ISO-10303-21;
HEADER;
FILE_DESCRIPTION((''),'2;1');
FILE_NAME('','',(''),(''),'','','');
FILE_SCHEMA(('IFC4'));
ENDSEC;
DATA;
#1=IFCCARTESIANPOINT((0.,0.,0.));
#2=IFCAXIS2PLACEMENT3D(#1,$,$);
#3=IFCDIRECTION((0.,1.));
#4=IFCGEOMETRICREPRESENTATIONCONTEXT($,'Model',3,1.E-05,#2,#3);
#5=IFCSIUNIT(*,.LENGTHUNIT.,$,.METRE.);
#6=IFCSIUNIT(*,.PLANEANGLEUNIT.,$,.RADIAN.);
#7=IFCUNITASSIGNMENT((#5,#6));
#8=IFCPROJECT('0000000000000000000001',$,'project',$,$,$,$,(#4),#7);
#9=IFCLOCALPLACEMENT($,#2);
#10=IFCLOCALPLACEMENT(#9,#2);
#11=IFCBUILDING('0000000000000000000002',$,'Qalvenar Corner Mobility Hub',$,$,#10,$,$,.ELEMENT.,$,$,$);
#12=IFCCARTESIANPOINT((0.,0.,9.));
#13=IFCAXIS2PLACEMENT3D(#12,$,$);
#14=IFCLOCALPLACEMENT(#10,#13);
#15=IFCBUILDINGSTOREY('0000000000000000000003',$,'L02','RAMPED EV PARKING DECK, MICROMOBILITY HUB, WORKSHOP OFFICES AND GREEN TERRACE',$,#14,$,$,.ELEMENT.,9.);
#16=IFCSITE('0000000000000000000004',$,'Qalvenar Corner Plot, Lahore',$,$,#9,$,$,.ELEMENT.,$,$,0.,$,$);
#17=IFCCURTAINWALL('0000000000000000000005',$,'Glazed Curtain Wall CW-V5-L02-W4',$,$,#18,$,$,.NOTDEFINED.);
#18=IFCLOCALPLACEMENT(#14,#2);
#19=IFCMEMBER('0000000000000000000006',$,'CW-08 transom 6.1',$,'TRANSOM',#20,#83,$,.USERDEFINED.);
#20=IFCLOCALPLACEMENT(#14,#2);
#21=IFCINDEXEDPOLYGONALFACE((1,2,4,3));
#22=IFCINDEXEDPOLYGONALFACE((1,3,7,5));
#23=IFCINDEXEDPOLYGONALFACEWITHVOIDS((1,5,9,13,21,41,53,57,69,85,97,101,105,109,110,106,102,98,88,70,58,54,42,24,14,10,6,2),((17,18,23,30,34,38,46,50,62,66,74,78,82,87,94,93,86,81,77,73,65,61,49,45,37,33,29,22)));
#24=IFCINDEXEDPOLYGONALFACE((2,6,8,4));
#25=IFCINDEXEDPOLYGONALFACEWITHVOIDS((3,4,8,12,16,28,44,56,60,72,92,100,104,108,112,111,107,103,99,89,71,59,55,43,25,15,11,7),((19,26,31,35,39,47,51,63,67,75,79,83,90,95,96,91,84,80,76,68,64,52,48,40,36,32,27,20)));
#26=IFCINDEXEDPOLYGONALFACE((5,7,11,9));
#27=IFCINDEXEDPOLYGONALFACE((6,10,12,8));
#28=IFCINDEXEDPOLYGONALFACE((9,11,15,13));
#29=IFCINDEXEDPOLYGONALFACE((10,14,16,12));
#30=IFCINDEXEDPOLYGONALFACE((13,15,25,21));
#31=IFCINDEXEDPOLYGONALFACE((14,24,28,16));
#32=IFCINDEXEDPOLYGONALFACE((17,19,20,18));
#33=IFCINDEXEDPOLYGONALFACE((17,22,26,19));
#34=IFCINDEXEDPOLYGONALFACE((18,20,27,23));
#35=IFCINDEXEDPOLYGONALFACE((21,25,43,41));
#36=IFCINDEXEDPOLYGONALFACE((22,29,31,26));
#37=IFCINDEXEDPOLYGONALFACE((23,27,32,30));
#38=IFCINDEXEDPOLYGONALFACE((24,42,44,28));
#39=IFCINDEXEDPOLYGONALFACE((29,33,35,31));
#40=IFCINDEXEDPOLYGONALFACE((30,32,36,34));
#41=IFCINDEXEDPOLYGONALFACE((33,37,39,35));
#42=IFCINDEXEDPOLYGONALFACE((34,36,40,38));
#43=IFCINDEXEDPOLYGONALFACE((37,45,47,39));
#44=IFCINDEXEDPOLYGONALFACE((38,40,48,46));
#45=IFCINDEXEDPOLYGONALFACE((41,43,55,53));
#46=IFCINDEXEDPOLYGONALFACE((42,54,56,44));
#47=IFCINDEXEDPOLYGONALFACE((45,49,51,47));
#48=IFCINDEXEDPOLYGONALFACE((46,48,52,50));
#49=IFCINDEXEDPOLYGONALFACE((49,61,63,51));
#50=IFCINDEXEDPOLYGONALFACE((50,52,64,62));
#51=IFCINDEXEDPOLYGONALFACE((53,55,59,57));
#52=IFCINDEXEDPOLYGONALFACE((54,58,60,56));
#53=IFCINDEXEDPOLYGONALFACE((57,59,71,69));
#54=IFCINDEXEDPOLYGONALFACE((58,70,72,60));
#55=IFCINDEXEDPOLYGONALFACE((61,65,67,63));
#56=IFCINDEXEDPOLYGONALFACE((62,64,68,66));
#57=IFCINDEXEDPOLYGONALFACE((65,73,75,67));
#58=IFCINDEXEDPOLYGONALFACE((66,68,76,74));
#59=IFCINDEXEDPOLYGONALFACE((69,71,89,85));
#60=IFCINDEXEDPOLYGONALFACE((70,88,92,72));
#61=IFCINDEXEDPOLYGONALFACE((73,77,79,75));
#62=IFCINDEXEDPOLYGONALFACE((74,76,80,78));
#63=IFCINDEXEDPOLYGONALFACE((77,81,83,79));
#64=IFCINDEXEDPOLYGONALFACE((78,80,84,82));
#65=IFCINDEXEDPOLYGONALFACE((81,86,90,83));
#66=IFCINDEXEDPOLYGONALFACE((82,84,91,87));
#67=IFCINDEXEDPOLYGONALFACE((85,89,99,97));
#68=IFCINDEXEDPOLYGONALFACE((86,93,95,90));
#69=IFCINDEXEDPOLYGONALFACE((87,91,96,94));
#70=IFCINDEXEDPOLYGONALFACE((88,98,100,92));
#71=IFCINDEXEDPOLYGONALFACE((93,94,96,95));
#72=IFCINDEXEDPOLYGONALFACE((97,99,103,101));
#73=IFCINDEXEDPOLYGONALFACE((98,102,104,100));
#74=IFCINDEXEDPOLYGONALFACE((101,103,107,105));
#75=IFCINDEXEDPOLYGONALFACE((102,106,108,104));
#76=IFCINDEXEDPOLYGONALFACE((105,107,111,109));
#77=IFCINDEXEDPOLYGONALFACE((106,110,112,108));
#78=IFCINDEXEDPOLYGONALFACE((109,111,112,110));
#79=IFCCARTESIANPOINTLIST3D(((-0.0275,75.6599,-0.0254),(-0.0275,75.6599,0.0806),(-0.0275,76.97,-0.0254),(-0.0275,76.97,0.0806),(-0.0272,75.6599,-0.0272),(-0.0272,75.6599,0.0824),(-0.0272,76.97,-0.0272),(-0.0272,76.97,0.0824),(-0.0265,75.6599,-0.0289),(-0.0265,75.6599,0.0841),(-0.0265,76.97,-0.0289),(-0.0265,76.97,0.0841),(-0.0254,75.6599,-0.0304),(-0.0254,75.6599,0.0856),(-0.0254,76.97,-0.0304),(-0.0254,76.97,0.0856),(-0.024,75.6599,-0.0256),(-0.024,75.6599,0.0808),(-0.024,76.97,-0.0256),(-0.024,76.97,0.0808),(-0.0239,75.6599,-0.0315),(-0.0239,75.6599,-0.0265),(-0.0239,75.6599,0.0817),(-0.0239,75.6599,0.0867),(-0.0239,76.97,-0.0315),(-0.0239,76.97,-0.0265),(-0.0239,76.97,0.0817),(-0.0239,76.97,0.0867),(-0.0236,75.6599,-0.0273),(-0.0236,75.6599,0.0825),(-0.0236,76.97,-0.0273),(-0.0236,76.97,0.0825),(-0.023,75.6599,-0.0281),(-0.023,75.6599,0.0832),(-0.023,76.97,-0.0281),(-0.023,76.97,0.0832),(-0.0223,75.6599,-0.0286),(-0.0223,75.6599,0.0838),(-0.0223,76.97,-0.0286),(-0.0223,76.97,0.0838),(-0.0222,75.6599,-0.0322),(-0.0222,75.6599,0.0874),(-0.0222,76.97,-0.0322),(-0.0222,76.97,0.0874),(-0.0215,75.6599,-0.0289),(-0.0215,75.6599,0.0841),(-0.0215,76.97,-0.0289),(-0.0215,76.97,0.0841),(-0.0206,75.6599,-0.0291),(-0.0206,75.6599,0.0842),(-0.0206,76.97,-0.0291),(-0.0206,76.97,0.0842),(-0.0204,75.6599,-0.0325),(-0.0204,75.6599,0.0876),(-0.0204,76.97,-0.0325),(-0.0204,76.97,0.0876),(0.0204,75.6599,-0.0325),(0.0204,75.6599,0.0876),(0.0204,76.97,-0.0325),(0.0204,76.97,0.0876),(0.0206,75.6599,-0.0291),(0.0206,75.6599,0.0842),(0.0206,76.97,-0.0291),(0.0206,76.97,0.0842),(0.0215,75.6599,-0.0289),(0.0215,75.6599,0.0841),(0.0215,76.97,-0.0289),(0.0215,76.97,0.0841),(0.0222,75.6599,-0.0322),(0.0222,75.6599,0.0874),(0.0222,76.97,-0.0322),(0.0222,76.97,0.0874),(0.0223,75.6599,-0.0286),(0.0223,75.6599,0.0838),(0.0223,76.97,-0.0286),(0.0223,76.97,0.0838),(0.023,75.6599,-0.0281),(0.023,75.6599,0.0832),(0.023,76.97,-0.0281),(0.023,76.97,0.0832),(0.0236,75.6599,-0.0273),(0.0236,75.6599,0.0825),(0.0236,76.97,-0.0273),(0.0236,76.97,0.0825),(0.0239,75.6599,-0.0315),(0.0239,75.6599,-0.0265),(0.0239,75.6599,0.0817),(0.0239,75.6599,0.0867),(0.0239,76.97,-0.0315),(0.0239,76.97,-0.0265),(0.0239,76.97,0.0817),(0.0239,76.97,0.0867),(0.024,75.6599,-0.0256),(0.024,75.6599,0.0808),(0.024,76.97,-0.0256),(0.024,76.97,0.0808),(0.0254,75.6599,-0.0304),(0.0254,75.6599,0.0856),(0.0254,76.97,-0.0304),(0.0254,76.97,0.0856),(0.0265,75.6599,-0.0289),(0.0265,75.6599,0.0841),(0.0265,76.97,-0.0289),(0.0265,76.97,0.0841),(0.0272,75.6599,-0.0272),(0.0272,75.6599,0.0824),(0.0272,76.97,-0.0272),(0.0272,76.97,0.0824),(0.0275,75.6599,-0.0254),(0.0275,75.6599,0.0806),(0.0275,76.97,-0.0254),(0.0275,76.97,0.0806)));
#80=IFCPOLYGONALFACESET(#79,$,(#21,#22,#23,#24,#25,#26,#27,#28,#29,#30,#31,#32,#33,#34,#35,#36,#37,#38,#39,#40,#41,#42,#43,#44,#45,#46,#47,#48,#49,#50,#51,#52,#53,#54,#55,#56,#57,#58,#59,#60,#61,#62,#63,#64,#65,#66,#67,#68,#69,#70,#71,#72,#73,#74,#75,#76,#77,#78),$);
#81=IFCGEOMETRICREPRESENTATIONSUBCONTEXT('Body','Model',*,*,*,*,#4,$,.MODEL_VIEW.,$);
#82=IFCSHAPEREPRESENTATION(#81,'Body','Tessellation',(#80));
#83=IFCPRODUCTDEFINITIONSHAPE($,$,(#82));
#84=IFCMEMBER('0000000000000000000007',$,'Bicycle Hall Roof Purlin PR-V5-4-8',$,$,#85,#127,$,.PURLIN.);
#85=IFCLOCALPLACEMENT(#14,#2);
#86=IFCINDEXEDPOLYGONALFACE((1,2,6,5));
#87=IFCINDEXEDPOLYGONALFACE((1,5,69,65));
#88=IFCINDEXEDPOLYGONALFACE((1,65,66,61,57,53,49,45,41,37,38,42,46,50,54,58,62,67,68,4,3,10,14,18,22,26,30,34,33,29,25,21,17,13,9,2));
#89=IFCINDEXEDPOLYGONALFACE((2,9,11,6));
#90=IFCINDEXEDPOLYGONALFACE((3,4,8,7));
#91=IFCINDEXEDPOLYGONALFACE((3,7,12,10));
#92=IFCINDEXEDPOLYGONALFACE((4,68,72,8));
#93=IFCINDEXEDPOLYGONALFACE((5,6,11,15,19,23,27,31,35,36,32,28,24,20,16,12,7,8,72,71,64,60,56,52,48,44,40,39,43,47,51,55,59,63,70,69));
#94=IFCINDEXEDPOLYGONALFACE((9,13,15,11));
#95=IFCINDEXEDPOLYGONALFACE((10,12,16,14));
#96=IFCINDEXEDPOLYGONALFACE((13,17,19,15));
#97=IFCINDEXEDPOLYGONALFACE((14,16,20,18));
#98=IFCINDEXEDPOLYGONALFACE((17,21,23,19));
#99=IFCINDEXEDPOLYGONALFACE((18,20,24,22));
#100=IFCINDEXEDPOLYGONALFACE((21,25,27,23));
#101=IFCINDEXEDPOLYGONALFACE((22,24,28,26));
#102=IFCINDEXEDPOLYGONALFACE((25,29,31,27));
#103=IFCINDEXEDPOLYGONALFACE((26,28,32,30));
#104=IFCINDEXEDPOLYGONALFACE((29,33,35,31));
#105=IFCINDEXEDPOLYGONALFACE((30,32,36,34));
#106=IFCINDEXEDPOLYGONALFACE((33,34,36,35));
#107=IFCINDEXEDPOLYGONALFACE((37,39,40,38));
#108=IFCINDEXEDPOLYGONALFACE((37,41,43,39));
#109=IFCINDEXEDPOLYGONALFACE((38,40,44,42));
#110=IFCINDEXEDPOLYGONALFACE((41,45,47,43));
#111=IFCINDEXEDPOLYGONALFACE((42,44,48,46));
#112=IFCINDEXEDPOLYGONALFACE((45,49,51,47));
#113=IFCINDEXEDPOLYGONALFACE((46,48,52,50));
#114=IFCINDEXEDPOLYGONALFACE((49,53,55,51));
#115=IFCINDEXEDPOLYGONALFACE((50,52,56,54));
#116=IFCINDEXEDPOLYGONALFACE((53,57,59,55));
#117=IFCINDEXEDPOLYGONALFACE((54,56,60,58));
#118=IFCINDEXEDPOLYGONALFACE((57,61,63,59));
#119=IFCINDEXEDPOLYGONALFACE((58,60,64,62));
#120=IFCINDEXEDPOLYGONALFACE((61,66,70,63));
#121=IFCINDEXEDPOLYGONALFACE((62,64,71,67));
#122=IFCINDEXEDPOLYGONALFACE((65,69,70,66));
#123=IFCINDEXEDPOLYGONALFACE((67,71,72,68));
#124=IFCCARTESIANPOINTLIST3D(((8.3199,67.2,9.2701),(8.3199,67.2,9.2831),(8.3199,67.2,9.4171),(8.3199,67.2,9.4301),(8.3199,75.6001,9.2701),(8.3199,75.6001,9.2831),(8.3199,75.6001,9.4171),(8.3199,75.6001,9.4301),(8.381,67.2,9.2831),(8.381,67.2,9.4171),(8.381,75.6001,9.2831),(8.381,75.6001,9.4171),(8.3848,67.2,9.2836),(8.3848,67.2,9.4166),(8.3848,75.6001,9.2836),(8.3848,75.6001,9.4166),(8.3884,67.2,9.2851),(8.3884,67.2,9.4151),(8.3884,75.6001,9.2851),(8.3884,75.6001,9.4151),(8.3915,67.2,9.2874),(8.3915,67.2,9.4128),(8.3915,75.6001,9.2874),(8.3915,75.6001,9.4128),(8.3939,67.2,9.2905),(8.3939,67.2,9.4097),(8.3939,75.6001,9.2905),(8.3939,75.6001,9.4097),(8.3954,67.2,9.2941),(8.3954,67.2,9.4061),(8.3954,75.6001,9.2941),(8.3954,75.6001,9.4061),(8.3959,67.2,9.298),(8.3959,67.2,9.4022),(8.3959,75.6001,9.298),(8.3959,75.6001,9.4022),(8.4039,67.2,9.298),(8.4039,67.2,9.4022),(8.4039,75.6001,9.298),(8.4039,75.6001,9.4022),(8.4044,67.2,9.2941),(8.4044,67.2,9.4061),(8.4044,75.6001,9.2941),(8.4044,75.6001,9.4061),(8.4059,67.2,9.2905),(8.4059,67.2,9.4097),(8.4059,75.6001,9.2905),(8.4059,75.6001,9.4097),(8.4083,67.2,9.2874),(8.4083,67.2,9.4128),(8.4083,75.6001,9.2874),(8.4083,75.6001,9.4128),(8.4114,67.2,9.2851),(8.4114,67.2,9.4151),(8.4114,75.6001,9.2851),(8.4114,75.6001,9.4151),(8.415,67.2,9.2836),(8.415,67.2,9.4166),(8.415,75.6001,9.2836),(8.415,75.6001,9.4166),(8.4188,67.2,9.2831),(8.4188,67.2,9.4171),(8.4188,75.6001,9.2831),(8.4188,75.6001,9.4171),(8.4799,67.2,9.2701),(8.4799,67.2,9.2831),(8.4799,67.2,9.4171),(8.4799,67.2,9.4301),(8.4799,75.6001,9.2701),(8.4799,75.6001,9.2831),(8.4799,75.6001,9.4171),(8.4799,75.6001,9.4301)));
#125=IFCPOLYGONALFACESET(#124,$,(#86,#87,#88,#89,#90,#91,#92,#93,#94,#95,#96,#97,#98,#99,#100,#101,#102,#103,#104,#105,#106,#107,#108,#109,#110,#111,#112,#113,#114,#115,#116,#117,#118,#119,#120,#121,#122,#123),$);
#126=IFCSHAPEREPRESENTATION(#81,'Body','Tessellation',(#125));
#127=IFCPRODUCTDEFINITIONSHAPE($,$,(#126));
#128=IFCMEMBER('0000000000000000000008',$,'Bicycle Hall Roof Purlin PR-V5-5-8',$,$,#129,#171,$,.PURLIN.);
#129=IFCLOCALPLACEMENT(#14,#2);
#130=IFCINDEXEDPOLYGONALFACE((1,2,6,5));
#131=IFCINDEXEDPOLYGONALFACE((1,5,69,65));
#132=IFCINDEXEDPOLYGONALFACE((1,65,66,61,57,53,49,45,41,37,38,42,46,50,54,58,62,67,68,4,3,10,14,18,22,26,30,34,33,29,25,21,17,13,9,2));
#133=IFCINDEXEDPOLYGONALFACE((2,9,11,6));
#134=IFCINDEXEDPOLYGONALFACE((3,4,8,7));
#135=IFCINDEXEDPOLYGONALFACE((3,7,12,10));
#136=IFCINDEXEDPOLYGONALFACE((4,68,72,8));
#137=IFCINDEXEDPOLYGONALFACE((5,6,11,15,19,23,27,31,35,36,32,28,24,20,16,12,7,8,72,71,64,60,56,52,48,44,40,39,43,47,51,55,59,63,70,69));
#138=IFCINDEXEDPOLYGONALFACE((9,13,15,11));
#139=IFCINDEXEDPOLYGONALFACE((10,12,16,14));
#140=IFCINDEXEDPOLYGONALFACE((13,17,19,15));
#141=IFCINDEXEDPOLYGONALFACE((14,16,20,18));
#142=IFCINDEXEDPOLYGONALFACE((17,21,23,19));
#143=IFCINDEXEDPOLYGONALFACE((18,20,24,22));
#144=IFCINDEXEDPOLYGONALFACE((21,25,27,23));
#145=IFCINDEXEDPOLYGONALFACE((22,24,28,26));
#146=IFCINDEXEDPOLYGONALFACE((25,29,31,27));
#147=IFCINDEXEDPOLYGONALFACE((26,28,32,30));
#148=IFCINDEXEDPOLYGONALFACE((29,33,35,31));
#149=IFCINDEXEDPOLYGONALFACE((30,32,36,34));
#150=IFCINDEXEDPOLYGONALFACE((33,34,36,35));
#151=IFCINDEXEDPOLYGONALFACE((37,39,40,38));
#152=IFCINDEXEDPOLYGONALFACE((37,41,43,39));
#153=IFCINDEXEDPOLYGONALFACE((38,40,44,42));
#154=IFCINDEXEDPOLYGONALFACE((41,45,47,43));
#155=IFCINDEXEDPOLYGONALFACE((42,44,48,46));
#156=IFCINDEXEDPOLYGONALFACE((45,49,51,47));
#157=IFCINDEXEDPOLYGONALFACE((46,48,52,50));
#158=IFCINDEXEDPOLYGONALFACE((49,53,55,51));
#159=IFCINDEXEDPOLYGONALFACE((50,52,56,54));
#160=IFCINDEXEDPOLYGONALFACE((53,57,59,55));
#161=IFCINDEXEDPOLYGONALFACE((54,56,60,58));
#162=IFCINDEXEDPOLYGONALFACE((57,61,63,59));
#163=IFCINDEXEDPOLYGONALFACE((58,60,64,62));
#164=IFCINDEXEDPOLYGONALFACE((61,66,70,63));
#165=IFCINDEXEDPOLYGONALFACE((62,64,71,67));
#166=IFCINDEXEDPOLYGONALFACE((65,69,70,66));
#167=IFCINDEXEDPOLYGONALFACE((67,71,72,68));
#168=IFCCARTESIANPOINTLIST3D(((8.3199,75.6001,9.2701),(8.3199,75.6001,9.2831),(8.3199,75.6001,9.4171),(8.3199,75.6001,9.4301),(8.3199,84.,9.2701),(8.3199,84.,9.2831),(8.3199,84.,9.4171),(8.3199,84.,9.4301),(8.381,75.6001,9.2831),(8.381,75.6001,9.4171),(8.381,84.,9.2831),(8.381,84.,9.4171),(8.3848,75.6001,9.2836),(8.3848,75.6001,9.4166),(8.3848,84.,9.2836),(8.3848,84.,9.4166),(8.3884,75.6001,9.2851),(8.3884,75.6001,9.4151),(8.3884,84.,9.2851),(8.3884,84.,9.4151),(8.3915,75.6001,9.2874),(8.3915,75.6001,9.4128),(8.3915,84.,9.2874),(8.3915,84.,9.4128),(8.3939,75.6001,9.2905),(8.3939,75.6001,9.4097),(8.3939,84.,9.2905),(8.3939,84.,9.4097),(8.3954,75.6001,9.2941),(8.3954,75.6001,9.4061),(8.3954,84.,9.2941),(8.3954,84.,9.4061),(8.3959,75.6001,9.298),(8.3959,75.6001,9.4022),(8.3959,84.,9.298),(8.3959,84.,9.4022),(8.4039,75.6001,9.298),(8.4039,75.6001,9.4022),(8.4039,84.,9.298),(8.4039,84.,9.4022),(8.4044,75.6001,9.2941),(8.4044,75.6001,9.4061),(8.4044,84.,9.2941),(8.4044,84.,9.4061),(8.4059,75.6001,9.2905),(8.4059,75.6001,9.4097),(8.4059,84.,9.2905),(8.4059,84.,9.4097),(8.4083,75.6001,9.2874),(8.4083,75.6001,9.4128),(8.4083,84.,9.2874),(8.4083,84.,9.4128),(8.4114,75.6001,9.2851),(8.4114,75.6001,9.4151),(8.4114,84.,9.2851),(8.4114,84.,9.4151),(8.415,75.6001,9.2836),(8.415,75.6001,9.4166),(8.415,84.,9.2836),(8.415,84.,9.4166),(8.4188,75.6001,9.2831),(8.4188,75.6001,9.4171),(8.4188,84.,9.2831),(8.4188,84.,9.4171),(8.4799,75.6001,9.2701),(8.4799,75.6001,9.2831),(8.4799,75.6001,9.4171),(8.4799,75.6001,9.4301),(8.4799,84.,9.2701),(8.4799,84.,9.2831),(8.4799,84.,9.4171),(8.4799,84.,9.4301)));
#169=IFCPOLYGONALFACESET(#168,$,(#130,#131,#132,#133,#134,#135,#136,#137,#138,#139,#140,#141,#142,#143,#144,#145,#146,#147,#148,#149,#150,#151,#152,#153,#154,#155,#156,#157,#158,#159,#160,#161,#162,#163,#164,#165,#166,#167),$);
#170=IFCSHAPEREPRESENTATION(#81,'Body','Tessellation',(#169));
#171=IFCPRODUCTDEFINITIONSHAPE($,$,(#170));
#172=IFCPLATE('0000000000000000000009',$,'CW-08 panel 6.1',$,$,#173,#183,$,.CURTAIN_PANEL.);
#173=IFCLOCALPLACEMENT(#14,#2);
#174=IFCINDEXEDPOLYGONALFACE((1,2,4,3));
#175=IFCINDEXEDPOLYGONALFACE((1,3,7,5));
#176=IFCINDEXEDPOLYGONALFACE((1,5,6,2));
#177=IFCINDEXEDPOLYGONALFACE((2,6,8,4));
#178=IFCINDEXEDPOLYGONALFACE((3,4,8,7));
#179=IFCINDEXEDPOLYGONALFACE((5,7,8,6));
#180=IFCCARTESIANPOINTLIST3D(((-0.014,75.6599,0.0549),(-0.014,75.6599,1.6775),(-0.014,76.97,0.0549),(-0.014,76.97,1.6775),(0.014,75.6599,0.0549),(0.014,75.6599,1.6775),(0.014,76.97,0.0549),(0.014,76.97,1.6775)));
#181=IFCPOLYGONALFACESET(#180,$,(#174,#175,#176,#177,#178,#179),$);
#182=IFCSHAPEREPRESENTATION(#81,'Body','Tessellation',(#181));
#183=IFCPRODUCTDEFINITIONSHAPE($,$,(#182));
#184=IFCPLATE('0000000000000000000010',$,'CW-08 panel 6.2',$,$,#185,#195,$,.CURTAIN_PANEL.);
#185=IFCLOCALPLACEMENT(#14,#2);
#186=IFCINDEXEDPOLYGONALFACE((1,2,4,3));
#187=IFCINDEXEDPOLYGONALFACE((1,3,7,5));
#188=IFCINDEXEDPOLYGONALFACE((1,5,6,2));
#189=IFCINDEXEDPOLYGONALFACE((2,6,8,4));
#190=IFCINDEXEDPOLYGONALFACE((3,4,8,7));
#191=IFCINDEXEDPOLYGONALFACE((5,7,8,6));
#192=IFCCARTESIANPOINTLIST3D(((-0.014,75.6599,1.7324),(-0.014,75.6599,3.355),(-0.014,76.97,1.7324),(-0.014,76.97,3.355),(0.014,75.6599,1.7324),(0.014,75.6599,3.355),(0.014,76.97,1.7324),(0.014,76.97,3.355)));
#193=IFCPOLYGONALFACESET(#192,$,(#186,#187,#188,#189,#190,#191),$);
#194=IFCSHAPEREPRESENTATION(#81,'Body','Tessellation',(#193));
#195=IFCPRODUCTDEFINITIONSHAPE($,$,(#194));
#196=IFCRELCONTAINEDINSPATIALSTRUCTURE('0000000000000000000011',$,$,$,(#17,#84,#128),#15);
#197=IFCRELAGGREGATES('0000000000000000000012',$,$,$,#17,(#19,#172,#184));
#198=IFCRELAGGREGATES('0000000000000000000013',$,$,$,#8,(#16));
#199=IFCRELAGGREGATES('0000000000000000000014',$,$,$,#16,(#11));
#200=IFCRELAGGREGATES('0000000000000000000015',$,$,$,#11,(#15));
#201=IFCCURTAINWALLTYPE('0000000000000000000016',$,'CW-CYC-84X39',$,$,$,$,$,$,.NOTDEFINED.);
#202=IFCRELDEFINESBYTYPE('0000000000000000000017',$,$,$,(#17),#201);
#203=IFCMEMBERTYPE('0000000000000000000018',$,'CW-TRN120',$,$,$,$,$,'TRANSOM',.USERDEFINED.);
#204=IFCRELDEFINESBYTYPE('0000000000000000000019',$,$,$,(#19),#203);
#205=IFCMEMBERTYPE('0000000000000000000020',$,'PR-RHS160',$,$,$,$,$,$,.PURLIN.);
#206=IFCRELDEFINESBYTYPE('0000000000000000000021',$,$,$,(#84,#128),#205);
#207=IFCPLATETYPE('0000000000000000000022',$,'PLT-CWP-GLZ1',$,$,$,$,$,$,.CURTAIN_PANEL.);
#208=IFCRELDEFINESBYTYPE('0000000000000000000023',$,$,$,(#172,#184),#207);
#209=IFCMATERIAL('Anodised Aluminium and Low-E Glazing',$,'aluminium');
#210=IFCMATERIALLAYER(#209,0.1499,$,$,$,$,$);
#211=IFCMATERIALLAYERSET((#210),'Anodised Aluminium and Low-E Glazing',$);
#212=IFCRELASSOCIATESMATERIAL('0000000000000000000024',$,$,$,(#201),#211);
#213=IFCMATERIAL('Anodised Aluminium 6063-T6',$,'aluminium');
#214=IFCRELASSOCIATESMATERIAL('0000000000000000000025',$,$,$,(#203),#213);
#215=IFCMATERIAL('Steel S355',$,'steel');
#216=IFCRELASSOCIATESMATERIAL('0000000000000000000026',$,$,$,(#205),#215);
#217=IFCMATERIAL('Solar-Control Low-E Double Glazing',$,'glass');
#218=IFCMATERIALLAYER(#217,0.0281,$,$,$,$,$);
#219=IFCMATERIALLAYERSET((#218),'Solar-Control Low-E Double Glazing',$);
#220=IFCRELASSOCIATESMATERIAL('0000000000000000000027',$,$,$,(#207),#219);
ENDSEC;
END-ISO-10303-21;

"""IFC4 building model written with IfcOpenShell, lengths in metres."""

from ifc_helpers import new_model, si_unit, direction, frame, origin, origin_2d, place, context, subcontext, project, spatial, rectangle, hollow_rectangle, i_section, extrude, material, layer, layer_set, material_profile, profile_set, type_object, element, aggregate, save


model = new_model("IFC4")

# Units and contexts
model_context = context("Model", 3, precision=1e-05, world=origin(), true_north=direction((0.0, 1.0)))
body_context = subcontext(model_context, "Body", "Model", "MODEL_VIEW")
ifc_project = project(units=[si_unit("LENGTHUNIT", "METRE"), si_unit("PLANEANGLEUNIT", "RADIAN")], contexts=[model_context])

# Site, building, storey
site_placement = place(None, origin())
site = spatial("IfcSite", under=ifc_project, at=site_placement, Name="Qalvenar Corner Plot, Lahore", CompositionType="ELEMENT", RefElevation=0.0)
building_placement = place(site_placement, origin())
building = spatial("IfcBuilding", under=site, at=building_placement, Name="Qalvenar Corner Mobility Hub", CompositionType="ELEMENT")
storey_placement = place(building_placement, frame((0.0, 0.0, 9.0)))
storey = spatial("IfcBuildingStorey", under=building, at=storey_placement, Name="L02", Description="RAMPED EV PARKING DECK, MICROMOBILITY HUB, WORKSHOP OFFICES AND GREEN TERRACE", CompositionType="ELEMENT", Elevation=9.0)

# Shared definitions
ifc_material_1 = material(Name="Steel S355", Category="steel")

# Curtain wall, member
ifc_material_2 = material(Name="Anodised Aluminium and Low-E Glazing", Category="aluminium")
ifc_layer_1 = layer(ifc_material_2, 0.1499)
ifc_layer_set_1 = layer_set([ifc_layer_1], Name="Anodised Aluminium and Low-E Glazing")
curtain_wall_type = type_object("IfcCurtainWallType", Name="CW-CYC-84X39", PredefinedType="NOTDEFINED", material=ifc_layer_set_1)
curtain_wall_placement = place(storey_placement, origin())
curtain_wall = element("IfcCurtainWall", 1, at=curtain_wall_placement, inside=storey, type_object=curtain_wall_type, Name="Glazed Curtain Wall CW-V5-L02-W4", PredefinedType="NOTDEFINED")
ifc_material_3 = material(Name="Anodised Aluminium 6063-T6", Category="aluminium")
ifc_material_profile_1 = material_profile(ifc_material_3, hollow_rectangle(XDim=0.0549, YDim=0.1201, WallThickness=0.0034, InnerFilletRadius=0.0034, OuterFilletRadius=0.0071, at=origin_2d()), Name="RHS120x55x3.5")
ifc_profile_set_1 = profile_set([ifc_material_profile_1], Name="Anodised Aluminium 6063-T6")
member_type_1 = type_object("IfcMemberType", Name="CW-TRN120", ElementType="TRANSOM", PredefinedType="USERDEFINED", material=ifc_profile_set_1)
member_1_placement = place(storey_placement, frame((0.0, 76.97, 0.0276), z_axis=(0.0, -1.0, 0.0), x_axis=(1.0, 0.0, 0.0)))
member_1 = element("IfcMember", 2, at=member_1_placement, type_object=member_type_1, Name="CW-08 transom 6.1", ObjectType="TRANSOM", PredefinedType="USERDEFINED", context=body_context, shape_type="SweptSolid", body=[
    extrude(hollow_rectangle(XDim=0.0549, YDim=0.1201, WallThickness=0.0034, InnerFilletRadius=0.0034, OuterFilletRadius=0.0071, at=origin_2d()), origin(), (0.0, 0.0, 1.0), 1.3101),
])

# Members
ifc_material_profile_2 = material_profile(ifc_material_1, i_section(OverallWidth=0.1599, OverallDepth=0.1599, WebThickness=0.0081, FlangeThickness=0.0129, FilletRadius=0.0149, at=origin_2d()), Name="HEB160")
ifc_profile_set_2 = profile_set([ifc_material_profile_2], Name="Steel S355")
member_type_2 = type_object("IfcMemberType", Name="PR-RHS160", PredefinedType="PURLIN", material=ifc_profile_set_2)
member_2_placement = place(storey_placement, frame((8.3999, 67.2, 9.3501), z_axis=(0.0, 1.0, 0.0), x_axis=(-1.0, 0.0, 0.0)))
element("IfcMember", 3, at=member_2_placement, inside=storey, type_object=member_type_2, Name="Bicycle Hall Roof Purlin PR-V5-4-8", PredefinedType="PURLIN", context=body_context, shape_type="SweptSolid", body=[
    extrude(i_section(OverallWidth=0.1599, OverallDepth=0.1599, WebThickness=0.0081, FlangeThickness=0.0129, FilletRadius=0.0149, at=origin_2d()), origin(), (0.0, 0.0, 1.0), 8.4001),
])
member_3_placement = place(storey_placement, frame((8.3999, 75.6001, 9.3501), z_axis=(0.0, 1.0, 0.0), x_axis=(-1.0, 0.0, 0.0)))
element("IfcMember", 4, at=member_3_placement, inside=storey, type_object=member_type_2, Name="Bicycle Hall Roof Purlin PR-V5-5-8", PredefinedType="PURLIN", context=body_context, shape_type="SweptSolid", body=[
    extrude(i_section(OverallWidth=0.1599, OverallDepth=0.1599, WebThickness=0.0081, FlangeThickness=0.0129, FilletRadius=0.0149, at=origin_2d()), origin(), (0.0, 0.0, 1.0), 8.3999),
])

# Plates
ifc_material_4 = material(Name="Solar-Control Low-E Double Glazing", Category="glass")
ifc_layer_2 = layer(ifc_material_4, 0.0281)
ifc_layer_set_2 = layer_set([ifc_layer_2], Name="Solar-Control Low-E Double Glazing")
plate_type_1 = type_object("IfcPlateType", Name="PLT-CWP-GLZ1", PredefinedType="CURTAIN_PANEL", material=ifc_layer_set_2)
plate_1_placement = place(storey_placement, frame((0.0, 76.3149, 0.0549), z_axis=(0.0, 0.0, 1.0), x_axis=(0.0, -1.0, 0.0)))
plate_1 = element("IfcPlate", 5, at=plate_1_placement, type_object=plate_type_1, Name="CW-08 panel 6.1", PredefinedType="CURTAIN_PANEL", context=body_context, shape_type="SweptSolid", body=[
    extrude(rectangle(XDim=1.3101, YDim=0.0281, at=origin_2d()), origin(), (0.0, 0.0, 1.0), 1.6226),
])
plate_2_placement = place(storey_placement, frame((0.0, 76.3149, 1.7324), z_axis=(0.0, 0.0, 1.0), x_axis=(0.0, -1.0, 0.0)))
plate_2 = element("IfcPlate", 6, at=plate_2_placement, type_object=plate_type_1, Name="CW-08 panel 6.2", PredefinedType="CURTAIN_PANEL", context=body_context, shape_type="SweptSolid", body=[
    extrude(rectangle(XDim=1.3101, YDim=0.0281, at=origin_2d()), origin(), (0.0, 0.0, 1.0), 1.6226),
])
aggregate(curtain_wall, [member_1, plate_1, plate_2])

save(model, "model.ifc")
